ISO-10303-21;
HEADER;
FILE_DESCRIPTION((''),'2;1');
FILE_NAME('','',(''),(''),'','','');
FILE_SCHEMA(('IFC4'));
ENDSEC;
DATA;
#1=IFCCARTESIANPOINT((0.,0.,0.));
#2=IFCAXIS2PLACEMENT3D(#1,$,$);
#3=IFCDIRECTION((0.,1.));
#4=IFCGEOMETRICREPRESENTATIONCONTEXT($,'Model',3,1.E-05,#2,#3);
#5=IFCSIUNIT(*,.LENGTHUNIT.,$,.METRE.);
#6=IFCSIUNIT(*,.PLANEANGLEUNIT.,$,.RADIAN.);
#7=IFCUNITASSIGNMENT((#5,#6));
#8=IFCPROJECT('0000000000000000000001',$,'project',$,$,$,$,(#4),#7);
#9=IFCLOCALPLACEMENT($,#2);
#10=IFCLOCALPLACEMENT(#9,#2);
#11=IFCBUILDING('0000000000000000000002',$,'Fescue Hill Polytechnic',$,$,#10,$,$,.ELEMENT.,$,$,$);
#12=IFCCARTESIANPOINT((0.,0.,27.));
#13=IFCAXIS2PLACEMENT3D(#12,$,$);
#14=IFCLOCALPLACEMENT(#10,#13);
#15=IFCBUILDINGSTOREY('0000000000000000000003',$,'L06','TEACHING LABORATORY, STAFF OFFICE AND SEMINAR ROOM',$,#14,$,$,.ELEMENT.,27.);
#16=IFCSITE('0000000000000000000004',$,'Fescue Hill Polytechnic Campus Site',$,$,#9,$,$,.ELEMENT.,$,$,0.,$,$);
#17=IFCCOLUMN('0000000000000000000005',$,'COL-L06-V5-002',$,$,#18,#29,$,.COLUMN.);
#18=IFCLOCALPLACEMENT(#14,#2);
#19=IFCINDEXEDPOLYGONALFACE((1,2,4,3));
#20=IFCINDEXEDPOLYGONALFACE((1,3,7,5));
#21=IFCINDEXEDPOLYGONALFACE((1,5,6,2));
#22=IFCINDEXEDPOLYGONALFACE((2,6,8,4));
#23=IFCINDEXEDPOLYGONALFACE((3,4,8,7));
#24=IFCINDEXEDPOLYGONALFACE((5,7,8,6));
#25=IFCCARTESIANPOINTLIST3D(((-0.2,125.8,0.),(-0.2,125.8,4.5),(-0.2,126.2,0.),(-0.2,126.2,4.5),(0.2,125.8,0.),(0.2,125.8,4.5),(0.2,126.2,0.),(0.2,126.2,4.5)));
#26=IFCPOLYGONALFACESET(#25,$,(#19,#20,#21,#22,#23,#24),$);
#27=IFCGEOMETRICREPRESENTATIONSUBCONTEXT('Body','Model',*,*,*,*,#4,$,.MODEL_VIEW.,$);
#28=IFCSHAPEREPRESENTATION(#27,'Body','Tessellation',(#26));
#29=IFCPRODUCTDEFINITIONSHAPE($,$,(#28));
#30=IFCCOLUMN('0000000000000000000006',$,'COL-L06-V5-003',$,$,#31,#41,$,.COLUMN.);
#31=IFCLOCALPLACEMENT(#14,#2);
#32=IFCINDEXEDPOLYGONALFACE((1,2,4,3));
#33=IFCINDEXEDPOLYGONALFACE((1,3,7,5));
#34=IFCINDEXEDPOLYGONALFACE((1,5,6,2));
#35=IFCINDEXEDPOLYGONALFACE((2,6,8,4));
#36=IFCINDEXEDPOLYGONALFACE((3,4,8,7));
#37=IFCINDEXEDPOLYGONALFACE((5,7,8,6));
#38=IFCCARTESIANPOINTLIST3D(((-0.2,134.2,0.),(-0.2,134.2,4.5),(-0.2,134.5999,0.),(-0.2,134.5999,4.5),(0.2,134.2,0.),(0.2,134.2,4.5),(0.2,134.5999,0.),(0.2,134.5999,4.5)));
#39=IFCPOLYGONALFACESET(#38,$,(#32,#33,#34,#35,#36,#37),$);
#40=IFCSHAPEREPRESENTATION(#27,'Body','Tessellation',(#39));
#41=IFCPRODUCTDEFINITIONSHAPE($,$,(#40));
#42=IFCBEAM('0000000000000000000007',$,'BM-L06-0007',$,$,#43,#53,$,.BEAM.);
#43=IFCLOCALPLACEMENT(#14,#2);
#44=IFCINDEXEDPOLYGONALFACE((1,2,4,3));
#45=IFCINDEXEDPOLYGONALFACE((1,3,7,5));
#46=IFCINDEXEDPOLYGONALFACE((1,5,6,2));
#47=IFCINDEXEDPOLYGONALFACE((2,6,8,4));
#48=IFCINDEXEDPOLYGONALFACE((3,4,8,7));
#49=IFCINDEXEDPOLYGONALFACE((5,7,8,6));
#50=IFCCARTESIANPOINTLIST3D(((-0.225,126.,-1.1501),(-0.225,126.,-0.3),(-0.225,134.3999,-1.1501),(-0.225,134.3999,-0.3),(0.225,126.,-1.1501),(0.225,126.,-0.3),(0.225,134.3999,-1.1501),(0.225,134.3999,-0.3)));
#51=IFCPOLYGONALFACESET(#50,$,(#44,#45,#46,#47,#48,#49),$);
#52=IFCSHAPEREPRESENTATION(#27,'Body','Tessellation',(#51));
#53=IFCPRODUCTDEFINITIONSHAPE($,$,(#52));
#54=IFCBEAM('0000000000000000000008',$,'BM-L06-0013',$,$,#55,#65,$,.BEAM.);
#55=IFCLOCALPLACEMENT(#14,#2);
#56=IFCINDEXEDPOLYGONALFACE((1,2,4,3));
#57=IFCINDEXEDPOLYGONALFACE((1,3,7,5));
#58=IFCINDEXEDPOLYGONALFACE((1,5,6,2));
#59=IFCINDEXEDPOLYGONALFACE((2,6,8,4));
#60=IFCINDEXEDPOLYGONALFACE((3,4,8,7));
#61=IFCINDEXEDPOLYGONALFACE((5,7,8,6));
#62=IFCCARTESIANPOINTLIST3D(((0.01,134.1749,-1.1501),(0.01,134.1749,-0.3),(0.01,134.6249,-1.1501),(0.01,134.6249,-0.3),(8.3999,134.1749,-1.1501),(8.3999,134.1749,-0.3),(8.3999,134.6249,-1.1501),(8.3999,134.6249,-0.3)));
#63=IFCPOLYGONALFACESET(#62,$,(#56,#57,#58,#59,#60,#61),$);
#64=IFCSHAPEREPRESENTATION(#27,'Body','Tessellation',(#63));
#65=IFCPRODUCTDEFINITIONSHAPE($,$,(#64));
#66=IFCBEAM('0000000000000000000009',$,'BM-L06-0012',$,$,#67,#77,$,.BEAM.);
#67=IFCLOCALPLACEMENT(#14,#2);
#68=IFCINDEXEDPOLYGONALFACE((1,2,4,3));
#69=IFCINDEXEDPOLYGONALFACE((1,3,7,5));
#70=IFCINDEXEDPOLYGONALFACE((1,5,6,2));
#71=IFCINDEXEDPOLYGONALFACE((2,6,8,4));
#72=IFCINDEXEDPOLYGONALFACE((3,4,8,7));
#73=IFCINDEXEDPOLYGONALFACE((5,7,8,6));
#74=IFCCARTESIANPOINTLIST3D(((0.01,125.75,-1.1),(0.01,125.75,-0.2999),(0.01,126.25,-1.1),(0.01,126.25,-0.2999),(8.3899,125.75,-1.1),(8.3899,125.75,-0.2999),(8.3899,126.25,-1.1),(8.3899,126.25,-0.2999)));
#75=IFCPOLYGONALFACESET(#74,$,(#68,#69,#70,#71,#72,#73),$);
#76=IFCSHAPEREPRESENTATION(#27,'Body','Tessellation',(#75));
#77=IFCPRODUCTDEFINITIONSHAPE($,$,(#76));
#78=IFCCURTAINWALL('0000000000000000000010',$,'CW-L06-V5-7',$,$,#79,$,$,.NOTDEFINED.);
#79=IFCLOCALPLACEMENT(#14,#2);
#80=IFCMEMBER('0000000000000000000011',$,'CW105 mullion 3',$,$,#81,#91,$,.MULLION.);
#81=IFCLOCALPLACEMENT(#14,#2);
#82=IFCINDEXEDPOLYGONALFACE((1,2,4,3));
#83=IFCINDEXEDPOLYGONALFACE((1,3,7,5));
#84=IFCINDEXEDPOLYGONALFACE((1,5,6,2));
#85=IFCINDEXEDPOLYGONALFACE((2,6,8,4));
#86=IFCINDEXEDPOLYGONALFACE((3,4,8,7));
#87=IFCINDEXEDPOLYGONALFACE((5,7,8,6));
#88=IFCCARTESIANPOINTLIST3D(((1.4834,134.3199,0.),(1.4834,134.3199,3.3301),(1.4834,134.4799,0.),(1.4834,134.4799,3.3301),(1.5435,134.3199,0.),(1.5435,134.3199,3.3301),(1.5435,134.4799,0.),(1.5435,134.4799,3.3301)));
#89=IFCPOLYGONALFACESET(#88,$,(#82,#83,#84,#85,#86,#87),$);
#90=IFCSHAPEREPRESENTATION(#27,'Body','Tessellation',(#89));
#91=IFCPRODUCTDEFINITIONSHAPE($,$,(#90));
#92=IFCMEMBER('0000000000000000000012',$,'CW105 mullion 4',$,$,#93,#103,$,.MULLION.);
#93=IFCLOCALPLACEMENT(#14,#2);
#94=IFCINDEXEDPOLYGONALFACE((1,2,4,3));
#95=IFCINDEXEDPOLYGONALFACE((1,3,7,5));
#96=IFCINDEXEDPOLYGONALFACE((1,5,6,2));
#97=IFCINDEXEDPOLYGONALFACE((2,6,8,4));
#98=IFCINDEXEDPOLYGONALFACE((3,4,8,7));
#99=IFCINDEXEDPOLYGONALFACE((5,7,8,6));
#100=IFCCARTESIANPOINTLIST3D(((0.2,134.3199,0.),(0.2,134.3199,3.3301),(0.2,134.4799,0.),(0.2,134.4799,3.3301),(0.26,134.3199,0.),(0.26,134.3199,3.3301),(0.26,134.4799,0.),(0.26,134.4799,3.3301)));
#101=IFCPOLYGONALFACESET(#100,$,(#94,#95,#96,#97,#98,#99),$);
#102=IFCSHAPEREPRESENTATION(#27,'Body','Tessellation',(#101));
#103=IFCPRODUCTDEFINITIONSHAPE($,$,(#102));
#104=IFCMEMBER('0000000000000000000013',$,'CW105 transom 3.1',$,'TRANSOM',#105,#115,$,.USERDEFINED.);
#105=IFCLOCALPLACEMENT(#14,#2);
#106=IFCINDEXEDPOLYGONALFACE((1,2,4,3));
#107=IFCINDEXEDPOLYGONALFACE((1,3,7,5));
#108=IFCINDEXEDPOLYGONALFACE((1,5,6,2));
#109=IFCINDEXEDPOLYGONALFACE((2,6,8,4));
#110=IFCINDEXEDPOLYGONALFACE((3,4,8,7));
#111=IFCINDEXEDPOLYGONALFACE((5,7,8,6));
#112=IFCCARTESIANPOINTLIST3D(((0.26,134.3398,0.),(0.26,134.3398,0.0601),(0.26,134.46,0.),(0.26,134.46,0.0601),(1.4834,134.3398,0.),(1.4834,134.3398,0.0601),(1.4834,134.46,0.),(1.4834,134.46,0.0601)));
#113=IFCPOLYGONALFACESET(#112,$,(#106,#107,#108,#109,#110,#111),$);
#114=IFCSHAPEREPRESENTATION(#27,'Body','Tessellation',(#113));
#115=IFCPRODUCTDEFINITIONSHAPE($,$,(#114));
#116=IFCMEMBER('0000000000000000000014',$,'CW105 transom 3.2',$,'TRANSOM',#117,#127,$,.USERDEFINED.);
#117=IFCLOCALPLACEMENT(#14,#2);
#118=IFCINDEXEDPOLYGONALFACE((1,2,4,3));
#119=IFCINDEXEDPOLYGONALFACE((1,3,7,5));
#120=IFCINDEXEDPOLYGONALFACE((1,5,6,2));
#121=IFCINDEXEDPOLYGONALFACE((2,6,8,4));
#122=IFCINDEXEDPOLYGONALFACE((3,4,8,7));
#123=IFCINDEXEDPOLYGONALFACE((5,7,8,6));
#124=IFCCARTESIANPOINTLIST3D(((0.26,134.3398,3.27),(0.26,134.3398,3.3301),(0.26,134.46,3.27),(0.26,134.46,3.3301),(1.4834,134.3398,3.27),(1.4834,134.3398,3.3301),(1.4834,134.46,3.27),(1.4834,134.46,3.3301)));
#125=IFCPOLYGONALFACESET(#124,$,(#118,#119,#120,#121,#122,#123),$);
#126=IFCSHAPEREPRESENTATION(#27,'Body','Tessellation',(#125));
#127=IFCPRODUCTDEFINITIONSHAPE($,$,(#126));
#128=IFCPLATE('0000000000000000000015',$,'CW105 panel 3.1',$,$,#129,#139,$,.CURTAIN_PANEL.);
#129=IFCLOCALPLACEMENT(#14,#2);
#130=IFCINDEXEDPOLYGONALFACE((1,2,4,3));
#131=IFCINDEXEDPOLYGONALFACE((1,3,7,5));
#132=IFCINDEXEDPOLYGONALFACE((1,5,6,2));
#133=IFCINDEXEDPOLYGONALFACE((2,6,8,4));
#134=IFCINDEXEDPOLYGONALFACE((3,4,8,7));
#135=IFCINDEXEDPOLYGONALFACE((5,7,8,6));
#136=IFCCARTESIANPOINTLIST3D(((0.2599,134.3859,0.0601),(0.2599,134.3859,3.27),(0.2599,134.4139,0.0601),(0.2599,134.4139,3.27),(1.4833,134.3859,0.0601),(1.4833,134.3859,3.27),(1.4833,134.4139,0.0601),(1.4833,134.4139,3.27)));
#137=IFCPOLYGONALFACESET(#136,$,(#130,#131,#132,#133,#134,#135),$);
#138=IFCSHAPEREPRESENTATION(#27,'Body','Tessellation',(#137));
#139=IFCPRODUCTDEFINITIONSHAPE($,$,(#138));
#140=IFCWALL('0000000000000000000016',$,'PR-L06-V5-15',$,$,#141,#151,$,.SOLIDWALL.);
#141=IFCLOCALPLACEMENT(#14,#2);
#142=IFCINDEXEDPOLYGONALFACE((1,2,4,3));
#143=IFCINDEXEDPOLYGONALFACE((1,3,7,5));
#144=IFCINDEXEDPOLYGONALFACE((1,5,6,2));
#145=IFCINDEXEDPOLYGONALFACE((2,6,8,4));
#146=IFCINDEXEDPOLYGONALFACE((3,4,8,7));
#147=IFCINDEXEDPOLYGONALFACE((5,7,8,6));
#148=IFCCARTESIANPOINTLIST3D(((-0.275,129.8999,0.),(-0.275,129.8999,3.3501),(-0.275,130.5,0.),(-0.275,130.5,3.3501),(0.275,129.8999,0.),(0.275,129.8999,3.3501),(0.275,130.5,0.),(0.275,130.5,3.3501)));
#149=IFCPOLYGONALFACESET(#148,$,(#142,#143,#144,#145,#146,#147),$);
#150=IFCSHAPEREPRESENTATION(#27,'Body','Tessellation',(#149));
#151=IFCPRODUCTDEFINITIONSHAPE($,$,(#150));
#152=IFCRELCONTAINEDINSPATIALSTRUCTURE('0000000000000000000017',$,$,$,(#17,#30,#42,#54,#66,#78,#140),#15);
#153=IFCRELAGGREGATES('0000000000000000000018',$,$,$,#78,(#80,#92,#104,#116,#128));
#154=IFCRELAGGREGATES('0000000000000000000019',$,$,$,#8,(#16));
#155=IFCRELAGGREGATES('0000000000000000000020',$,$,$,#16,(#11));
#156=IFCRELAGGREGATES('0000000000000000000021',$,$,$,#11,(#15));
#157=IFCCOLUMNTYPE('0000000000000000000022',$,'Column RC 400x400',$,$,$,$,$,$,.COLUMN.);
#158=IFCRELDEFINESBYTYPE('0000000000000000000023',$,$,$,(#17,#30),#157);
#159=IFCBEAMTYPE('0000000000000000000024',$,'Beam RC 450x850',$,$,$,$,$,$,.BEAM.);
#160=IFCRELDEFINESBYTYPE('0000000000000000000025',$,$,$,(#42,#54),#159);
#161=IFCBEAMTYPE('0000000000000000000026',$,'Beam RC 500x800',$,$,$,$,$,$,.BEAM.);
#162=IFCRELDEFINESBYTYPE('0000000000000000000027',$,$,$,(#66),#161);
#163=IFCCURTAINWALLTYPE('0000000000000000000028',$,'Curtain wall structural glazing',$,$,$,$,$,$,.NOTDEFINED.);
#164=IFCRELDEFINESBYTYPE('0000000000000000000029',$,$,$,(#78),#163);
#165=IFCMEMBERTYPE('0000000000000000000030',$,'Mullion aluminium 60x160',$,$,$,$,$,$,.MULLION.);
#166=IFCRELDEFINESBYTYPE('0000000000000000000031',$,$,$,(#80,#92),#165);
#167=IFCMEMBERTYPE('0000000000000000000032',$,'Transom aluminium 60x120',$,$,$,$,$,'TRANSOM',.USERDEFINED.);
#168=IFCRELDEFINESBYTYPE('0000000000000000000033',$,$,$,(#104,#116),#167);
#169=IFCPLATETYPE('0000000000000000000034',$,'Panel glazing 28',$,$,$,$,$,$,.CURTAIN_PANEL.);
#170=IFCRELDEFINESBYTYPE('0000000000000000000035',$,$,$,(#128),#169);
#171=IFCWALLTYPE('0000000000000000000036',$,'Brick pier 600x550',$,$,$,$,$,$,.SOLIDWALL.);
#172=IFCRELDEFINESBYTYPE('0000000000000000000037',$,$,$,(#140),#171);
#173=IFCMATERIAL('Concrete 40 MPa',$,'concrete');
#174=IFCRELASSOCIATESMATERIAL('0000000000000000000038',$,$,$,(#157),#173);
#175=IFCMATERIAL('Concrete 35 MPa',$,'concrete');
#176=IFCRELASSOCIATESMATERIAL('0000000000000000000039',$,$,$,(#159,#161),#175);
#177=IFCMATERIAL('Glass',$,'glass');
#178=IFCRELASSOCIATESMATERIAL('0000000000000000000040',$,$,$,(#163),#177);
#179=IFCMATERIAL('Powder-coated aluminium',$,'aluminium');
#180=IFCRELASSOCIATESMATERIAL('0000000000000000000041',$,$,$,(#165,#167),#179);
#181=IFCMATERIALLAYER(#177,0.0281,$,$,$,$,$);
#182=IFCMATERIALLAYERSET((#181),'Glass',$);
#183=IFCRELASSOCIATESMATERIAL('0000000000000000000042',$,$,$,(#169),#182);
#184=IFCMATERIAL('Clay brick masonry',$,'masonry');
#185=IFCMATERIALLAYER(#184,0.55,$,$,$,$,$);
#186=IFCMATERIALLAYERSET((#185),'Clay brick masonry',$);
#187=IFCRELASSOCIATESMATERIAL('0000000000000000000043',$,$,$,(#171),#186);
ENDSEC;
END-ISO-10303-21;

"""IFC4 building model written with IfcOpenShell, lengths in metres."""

from ifc_helpers import new_model, si_unit, direction, frame, frame_2d, origin, origin_2d, place, context, subcontext, project, spatial, rectangle, extrude, material, layer, layer_set, material_profile, profile_set, type_object, element, aggregate, save


model = new_model("IFC4")

# Units and contexts
model_context = context("Model", 3, precision=1e-05, world=origin(), true_north=direction((0.0, 1.0)))
body_context = subcontext(model_context, "Body", "Model", "MODEL_VIEW")
ifc_project = project(units=[si_unit("LENGTHUNIT", "METRE"), si_unit("PLANEANGLEUNIT", "RADIAN")], contexts=[model_context])

# Site, building, storey
site_placement = place(None, origin())
site = spatial("IfcSite", under=ifc_project, at=site_placement, Name="Fescue Hill Polytechnic Campus Site", CompositionType="ELEMENT", RefElevation=0.0)
building_placement = place(site_placement, origin())
building = spatial("IfcBuilding", under=site, at=building_placement, Name="Fescue Hill Polytechnic", CompositionType="ELEMENT")
storey_placement = place(building_placement, frame((0.0, 0.0, 27.0)))
storey = spatial("IfcBuildingStorey", under=building, at=storey_placement, Name="L06", Description="TEACHING LABORATORY, STAFF OFFICE AND SEMINAR ROOM", CompositionType="ELEMENT", Elevation=27.0)

# Columns
ifc_material_1 = material(Name="Concrete 40 MPa", Category="concrete")
ifc_material_profile_1 = material_profile(ifc_material_1, rectangle(XDim=0.3999, YDim=0.3999, at=origin_2d()), Name="RC 400x400")
ifc_profile_set_1 = profile_set([ifc_material_profile_1], Name="Concrete 40 MPa")
column_type = type_object("IfcColumnType", Name="Column RC 400x400", PredefinedType="COLUMN", material=ifc_profile_set_1)
for number, where, z_axis, x_axis, name in (
    (1, (0.0, 126.0, 0.0), (0.0, 0.0, 1.0), (1.0, 0.0, 0.0), "COL-L06-V5-002"),
    (2, (0.0, 134.3999, 0.0), (0.0, 0.0, 1.0), (1.0, 0.0, 0.0), "COL-L06-V5-003"),
):
    element("IfcColumn", number, at=place(storey_placement, frame(where, z_axis=z_axis, x_axis=x_axis)), inside=storey, type_object=column_type, Name=name, PredefinedType="COLUMN", context=body_context, shape_type="SweptSolid", body=[
        extrude(rectangle(XDim=0.3999, YDim=0.3999, at=origin_2d()), origin(), (0.0, 0.0, 1.0), 4.5),
    ])

# Beams
ifc_material_2 = material(Name="Concrete 35 MPa", Category="concrete")
ifc_material_profile_2 = material_profile(ifc_material_2, rectangle(XDim=0.45, YDim=0.8501, at=origin_2d()), Name="RC 450x850")
ifc_profile_set_2 = profile_set([ifc_material_profile_2], Name="Concrete 35 MPa")
beam_type_1 = type_object("IfcBeamType", Name="Beam RC 450x850", PredefinedType="BEAM", material=ifc_profile_set_2)
beam_1_placement = place(storey_placement, frame((0.0, 126.0, -0.7251), z_axis=(0.0, 1.0, 0.0), x_axis=(-1.0, 0.0, 0.0)))
element("IfcBeam", 3, at=beam_1_placement, inside=storey, type_object=beam_type_1, Name="BM-L06-0007", PredefinedType="BEAM", context=body_context, shape_type="SweptSolid", body=[
    extrude(rectangle(XDim=0.45, YDim=0.8501, at=origin_2d()), origin(), (0.0, 0.0, 1.0), 8.3999),
])
beam_2_placement = place(storey_placement, frame((0.01, 134.3999, -0.7251), z_axis=(1.0, 0.0, 0.0), x_axis=(0.0, 1.0, 0.0)))
element("IfcBeam", 4, at=beam_2_placement, inside=storey, type_object=beam_type_1, Name="BM-L06-0013", PredefinedType="BEAM", context=body_context, shape_type="SweptSolid", body=[
    extrude(rectangle(XDim=0.45, YDim=0.8501, at=origin_2d()), origin(), (0.0, 0.0, 1.0), 8.3899),
])
ifc_material_profile_3 = material_profile(ifc_material_2, rectangle(XDim=0.5, YDim=0.8, at=origin_2d()), Name="RC 500x800")
ifc_profile_set_3 = profile_set([ifc_material_profile_3], Name="Concrete 35 MPa")
beam_type_2 = type_object("IfcBeamType", Name="Beam RC 500x800", PredefinedType="BEAM", material=ifc_profile_set_3)
beam_3_placement = place(storey_placement, frame((0.01, 126.0, -0.7), z_axis=(1.0, 0.0, 0.0), x_axis=(0.0, 1.0, 0.0)))
element("IfcBeam", 5, at=beam_3_placement, inside=storey, type_object=beam_type_2, Name="BM-L06-0012", PredefinedType="BEAM", context=body_context, shape_type="SweptSolid", body=[
    extrude(rectangle(XDim=0.5, YDim=0.8, at=origin_2d()), origin(), (0.0, 0.0, 1.0), 8.3799),
])

# Curtain wall, members, plate
ifc_material_3 = material(Name="Glass", Category="glass")
curtain_wall_type = type_object("IfcCurtainWallType", Name="Curtain wall structural glazing", PredefinedType="NOTDEFINED", material=ifc_material_3)
curtain_wall_placement = place(storey_placement, origin())
curtain_wall = element("IfcCurtainWall", 6, at=curtain_wall_placement, inside=storey, type_object=curtain_wall_type, Name="CW-L06-V5-7", PredefinedType="NOTDEFINED")
ifc_material_4 = material(Name="Powder-coated aluminium", Category="aluminium")
ifc_material_profile_4 = material_profile(ifc_material_4, rectangle(XDim=0.1599, YDim=0.0601, at=origin_2d()), Name="Mullion aluminium 60x160")
ifc_profile_set_4 = profile_set([ifc_material_profile_4], Name="Powder-coated aluminium")
member_type_1 = type_object("IfcMemberType", Name="Mullion aluminium 60x160", PredefinedType="MULLION", material=ifc_profile_set_4)
member_1_placement = place(storey_placement, frame((1.5134, 134.3999, 0.0), z_axis=(0.0, 0.0, 1.0), x_axis=(0.0, -1.0, 0.0)))
member_1 = element("IfcMember", 7, at=member_1_placement, type_object=member_type_1, Name="CW105 mullion 3", PredefinedType="MULLION", context=body_context, shape_type="SweptSolid", body=[
    extrude(rectangle(XDim=0.1599, YDim=0.0601, at=origin_2d()), origin(), (0.0, 0.0, 1.0), 3.3301),
])
member_2_placement = place(storey_placement, frame((0.23, 134.3999, 0.0), z_axis=(0.0, 0.0, 1.0), x_axis=(0.0, -1.0, 0.0)))
member_2 = element("IfcMember", 8, at=member_2_placement, type_object=member_type_1, Name="CW105 mullion 4", PredefinedType="MULLION", context=body_context, shape_type="SweptSolid", body=[
    extrude(rectangle(XDim=0.1599, YDim=0.0601, at=origin_2d()), origin(), (0.0, 0.0, 1.0), 3.3301),
])
ifc_material_profile_5 = material_profile(ifc_material_4, rectangle(XDim=0.1201, YDim=0.0601, at=origin_2d()), Name="Transom aluminium 60x120")
ifc_profile_set_5 = profile_set([ifc_material_profile_5], Name="Powder-coated aluminium")
member_type_2 = type_object("IfcMemberType", Name="Transom aluminium 60x120", ElementType="TRANSOM", PredefinedType="USERDEFINED", material=ifc_profile_set_5)
member_3_placement = place(storey_placement, frame((1.4834, 134.3999, 0.03), z_axis=(-1.0, 0.0, 0.0), x_axis=(0.0, -1.0, 0.0)))
member_3 = element("IfcMember", 9, at=member_3_placement, type_object=member_type_2, Name="CW105 transom 3.1", ObjectType="TRANSOM", PredefinedType="USERDEFINED", context=body_context, shape_type="SweptSolid", body=[
    extrude(rectangle(XDim=0.1201, YDim=0.0601, at=origin_2d()), origin(), (0.0, 0.0, 1.0), 1.2234),
])
member_4_placement = place(storey_placement, frame((1.4834, 134.3999, 3.3), z_axis=(-1.0, 0.0, 0.0), x_axis=(0.0, -1.0, 0.0)))
member_4 = element("IfcMember", 10, at=member_4_placement, type_object=member_type_2, Name="CW105 transom 3.2", ObjectType="TRANSOM", PredefinedType="USERDEFINED", context=body_context, shape_type="SweptSolid", body=[
    extrude(rectangle(XDim=0.1201, YDim=0.0601, at=origin_2d()), origin(), (0.0, 0.0, 1.0), 1.2234),
])
ifc_layer_1 = layer(ifc_material_3, 0.0281)
ifc_layer_set_1 = layer_set([ifc_layer_1], Name="Glass")
plate_type = type_object("IfcPlateType", Name="Panel glazing 28", PredefinedType="CURTAIN_PANEL", material=ifc_layer_set_1)
plate_placement = place(storey_placement, frame((0.8716, 134.3999, 0.0601), z_axis=(0.0, 0.0, 1.0), x_axis=(-1.0, 0.0, 0.0)))
plate = element("IfcPlate", 11, at=plate_placement, type_object=plate_type, Name="CW105 panel 3.1", PredefinedType="CURTAIN_PANEL", context=body_context, shape_type="SweptSolid", body=[
    extrude(rectangle(XDim=1.2234, YDim=0.0281, at=origin_2d()), origin(), (0.0, 0.0, 1.0), 3.21),
])
aggregate(curtain_wall, [member_1, member_2, member_3, member_4, plate])

# Wall
ifc_material_5 = material(Name="Clay brick masonry", Category="masonry")
ifc_layer_2 = layer(ifc_material_5, 0.55)
ifc_layer_set_2 = layer_set([ifc_layer_2], Name="Clay brick masonry")
wall_type_1 = type_object("IfcWallType", Name="Brick pier 600x550", PredefinedType="SOLIDWALL", material=ifc_layer_set_2)
wall_1_placement = place(storey_placement, frame((0.0, 130.5, 0.0), z_axis=(0.0, 0.0, 1.0), x_axis=(0.0, -1.0, 0.0)))
element("IfcWall", 12, at=wall_1_placement, inside=storey, type_object=wall_type_1, Name="PR-L06-V5-15", PredefinedType="SOLIDWALL", context=body_context, shape_type="SweptSolid", body=[
    extrude(rectangle(XDim=0.6001, YDim=0.55, at=frame_2d((0.3, 0.0))), origin(), (0.0, 0.0, 1.0), 3.3501),
])

save(model, "model.ifc")
